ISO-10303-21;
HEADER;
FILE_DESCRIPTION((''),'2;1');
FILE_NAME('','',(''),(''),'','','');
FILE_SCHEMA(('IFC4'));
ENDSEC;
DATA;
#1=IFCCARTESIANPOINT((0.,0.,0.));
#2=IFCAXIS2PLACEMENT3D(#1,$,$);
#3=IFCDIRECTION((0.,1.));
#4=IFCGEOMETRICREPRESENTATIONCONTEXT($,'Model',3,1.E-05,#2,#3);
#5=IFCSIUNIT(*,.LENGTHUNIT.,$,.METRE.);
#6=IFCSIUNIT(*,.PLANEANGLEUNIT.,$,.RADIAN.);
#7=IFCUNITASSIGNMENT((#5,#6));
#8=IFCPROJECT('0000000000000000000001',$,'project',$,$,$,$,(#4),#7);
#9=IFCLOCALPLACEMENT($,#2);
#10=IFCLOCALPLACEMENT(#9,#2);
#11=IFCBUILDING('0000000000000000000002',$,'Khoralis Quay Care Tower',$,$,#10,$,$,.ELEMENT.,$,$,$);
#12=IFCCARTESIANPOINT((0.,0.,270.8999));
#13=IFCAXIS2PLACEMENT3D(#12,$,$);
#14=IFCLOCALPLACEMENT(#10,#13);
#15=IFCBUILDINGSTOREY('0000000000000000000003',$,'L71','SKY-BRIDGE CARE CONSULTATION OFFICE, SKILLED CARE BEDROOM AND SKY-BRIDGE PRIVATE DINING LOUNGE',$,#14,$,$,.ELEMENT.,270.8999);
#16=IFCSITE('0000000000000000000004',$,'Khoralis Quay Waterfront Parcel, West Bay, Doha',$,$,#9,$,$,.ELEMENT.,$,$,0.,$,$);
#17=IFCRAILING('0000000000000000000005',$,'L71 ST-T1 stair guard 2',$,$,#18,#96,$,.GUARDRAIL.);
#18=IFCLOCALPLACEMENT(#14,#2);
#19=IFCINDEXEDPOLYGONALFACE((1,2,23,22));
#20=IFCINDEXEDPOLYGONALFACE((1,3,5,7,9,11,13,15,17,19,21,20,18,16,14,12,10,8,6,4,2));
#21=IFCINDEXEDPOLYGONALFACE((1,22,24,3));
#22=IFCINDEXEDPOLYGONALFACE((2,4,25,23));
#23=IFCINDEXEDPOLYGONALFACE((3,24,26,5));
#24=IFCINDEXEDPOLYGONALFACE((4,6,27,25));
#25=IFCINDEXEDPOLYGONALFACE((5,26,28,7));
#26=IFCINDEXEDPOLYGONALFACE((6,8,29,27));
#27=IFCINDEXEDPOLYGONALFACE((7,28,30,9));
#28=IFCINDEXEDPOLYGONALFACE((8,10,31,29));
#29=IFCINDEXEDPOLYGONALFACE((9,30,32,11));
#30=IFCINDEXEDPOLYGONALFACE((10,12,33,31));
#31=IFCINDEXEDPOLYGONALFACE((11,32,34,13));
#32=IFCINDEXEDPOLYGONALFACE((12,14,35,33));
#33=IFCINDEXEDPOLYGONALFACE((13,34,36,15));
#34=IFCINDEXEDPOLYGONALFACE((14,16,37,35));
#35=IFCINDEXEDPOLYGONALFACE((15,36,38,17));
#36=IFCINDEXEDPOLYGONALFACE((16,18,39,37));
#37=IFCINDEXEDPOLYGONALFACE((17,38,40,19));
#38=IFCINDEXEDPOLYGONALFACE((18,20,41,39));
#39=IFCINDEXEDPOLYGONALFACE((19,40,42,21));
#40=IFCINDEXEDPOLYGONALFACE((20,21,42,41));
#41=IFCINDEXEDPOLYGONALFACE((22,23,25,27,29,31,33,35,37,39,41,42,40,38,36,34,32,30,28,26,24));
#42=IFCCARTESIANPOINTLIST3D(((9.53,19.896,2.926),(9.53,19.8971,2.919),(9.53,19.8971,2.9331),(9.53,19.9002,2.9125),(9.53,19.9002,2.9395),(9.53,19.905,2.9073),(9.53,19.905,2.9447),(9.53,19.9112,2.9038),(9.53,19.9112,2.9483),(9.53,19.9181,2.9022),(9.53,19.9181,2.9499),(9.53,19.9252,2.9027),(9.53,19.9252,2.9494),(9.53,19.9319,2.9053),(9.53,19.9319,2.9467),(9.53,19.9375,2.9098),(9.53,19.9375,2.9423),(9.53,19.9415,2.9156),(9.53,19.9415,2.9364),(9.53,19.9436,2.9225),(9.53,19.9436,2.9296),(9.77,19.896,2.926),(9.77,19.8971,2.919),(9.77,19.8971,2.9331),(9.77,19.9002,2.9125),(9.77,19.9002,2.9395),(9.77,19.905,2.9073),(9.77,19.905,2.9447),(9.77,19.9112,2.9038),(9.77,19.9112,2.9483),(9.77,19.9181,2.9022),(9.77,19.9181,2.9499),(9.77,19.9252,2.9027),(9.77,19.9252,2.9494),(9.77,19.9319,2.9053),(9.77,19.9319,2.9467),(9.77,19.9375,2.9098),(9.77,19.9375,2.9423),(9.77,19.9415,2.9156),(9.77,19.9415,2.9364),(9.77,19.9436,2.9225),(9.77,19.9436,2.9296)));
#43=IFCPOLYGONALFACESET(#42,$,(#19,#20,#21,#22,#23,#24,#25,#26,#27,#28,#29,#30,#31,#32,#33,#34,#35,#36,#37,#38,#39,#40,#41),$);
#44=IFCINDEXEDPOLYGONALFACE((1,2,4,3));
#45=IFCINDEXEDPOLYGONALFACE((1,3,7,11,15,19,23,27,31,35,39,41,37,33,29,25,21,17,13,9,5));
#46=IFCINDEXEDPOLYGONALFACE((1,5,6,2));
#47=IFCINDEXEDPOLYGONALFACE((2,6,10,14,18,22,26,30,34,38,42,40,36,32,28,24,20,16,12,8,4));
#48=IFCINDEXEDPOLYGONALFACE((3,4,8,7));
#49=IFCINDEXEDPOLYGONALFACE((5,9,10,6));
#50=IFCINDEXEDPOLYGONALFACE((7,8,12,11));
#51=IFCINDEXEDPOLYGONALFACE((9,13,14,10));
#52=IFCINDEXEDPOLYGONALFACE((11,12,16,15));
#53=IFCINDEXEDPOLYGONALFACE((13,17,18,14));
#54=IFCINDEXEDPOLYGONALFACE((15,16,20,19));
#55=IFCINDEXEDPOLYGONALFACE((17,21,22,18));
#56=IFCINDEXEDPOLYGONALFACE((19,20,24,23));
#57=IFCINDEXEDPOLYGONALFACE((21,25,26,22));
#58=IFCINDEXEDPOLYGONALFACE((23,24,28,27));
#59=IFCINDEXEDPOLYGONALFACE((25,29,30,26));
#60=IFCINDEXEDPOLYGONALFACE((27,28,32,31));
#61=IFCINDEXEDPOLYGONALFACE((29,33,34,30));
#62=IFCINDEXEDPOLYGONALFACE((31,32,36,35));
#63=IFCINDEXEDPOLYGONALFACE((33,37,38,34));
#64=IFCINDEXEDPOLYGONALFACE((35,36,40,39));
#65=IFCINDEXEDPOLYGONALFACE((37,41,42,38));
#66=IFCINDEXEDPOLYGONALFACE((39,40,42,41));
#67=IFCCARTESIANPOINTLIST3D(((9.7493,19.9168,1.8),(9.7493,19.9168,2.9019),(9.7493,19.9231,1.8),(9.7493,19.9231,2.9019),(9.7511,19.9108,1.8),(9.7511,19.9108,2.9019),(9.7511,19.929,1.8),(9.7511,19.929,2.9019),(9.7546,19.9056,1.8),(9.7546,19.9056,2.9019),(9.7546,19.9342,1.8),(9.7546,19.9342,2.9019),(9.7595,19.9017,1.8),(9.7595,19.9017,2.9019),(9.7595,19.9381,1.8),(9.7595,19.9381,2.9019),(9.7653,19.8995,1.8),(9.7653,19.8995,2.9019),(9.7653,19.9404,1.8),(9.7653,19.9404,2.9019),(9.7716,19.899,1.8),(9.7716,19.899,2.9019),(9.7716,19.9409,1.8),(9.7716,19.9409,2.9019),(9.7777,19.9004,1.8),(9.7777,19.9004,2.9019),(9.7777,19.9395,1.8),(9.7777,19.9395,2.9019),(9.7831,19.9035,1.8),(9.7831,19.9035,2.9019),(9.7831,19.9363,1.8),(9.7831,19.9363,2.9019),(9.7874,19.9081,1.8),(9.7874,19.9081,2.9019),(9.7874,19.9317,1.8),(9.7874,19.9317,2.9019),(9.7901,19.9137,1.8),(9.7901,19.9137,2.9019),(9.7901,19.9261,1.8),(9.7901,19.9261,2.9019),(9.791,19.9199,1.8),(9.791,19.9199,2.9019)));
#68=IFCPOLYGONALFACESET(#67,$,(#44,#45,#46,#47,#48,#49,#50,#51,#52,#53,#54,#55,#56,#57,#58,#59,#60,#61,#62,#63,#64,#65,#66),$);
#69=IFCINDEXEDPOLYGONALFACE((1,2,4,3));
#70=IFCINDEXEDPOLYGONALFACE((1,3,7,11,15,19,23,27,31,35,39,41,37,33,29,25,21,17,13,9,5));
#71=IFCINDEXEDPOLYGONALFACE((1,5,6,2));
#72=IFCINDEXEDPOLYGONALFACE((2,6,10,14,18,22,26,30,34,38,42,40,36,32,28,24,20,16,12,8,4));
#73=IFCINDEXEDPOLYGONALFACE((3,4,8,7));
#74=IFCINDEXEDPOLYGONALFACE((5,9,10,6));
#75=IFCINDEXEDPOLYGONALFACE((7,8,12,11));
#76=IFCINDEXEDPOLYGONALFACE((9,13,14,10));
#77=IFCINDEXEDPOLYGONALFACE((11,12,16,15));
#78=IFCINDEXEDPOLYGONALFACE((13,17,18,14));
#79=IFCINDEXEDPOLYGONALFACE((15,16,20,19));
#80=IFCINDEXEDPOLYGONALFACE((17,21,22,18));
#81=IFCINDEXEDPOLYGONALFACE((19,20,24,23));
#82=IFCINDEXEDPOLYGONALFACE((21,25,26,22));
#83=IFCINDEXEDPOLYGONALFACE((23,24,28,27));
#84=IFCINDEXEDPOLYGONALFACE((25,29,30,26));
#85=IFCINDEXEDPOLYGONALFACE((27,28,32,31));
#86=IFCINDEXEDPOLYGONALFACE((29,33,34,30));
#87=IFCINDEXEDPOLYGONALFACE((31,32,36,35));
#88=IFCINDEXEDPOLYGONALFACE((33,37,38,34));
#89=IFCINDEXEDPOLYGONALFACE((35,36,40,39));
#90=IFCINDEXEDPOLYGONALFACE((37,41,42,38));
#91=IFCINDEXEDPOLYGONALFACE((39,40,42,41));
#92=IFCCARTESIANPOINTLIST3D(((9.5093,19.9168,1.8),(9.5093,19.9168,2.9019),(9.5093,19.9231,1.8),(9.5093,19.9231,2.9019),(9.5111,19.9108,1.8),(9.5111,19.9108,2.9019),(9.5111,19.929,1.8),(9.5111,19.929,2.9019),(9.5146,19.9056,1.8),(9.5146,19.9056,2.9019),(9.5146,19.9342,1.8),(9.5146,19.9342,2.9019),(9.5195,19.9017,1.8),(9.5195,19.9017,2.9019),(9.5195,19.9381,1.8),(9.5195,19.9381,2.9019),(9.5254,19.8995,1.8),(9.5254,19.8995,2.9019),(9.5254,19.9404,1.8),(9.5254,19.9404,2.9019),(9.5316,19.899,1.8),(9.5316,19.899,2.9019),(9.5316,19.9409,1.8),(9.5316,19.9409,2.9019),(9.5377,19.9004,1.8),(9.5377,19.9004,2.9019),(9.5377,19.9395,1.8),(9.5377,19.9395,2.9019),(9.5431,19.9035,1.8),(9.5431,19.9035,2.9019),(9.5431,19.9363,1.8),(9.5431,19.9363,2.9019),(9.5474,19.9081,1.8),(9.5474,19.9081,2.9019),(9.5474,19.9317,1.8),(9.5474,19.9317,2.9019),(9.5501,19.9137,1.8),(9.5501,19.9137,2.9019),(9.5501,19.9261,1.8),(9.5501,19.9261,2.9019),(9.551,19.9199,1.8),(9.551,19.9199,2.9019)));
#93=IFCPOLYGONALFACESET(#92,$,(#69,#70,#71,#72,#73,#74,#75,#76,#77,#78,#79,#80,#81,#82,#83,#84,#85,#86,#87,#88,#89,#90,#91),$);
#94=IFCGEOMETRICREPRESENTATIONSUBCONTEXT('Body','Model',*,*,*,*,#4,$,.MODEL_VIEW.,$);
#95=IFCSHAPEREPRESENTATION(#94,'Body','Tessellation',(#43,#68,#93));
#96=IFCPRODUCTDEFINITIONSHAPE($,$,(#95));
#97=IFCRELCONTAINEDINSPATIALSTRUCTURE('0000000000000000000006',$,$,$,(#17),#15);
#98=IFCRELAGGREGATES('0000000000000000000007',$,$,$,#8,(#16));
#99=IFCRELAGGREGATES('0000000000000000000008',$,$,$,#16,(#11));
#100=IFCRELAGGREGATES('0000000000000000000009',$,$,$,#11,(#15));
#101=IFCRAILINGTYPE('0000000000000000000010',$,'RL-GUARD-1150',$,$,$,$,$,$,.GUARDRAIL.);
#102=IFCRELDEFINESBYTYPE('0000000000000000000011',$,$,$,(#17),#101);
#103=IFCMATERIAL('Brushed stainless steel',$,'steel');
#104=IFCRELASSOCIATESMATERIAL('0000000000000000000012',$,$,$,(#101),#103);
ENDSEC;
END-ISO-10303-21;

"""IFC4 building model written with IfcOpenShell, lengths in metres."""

from ifc_helpers import new_model, si_unit, direction, frame, origin, origin_2d, place, context, subcontext, project, spatial, circle, extrude, material, type_object, element, save


model = new_model("IFC4")

# Units and contexts
model_context = context("Model", 3, precision=1e-05, world=origin(), true_north=direction((0.0, 1.0)))
body_context = subcontext(model_context, "Body", "Model", "MODEL_VIEW")
ifc_project = project(units=[si_unit("LENGTHUNIT", "METRE"), si_unit("PLANEANGLEUNIT", "RADIAN")], contexts=[model_context])

# Site, building, storey
site_placement = place(None, origin())
site = spatial("IfcSite", under=ifc_project, at=site_placement, Name="Khoralis Quay Waterfront Parcel, West Bay, Doha", CompositionType="ELEMENT", RefElevation=0.0)
building_placement = place(site_placement, origin())
building = spatial("IfcBuilding", under=site, at=building_placement, Name="Khoralis Quay Care Tower", CompositionType="ELEMENT")
storey_placement = place(building_placement, frame((0.0, 0.0, 270.8999)))
storey = spatial("IfcBuildingStorey", under=building, at=storey_placement, Name="L71", Description="SKY-BRIDGE CARE CONSULTATION OFFICE, SKILLED CARE BEDROOM AND SKY-BRIDGE PRIVATE DINING LOUNGE", CompositionType="ELEMENT", Elevation=270.8999)

# Shared definitions
ifc_material_1 = material(Name="Brushed stainless steel", Category="steel")

# Railing
railing_type_1 = type_object("IfcRailingType", Name="RL-GUARD-1150", PredefinedType="GUARDRAIL", material=ifc_material_1)
railing_1_placement = place(storey_placement, frame((9.77, 19.9199, 1.8)))
element("IfcRailing", 1, at=railing_1_placement, inside=storey, type_object=railing_type_1, Name="L71 ST-T1 stair guard 2", PredefinedType="GUARDRAIL", context=body_context, shape_type="SweptSolid", body=[
    extrude(circle(Radius=0.0239, at=origin_2d()), frame((0.0, 0.0, 1.126), z_axis=(-1.0, 0.0, 0.0), x_axis=(0.0, -1.0, 0.0)), (0.0, 0.0, 1.0), 0.24),
    extrude(circle(Radius=0.021, at=origin_2d()), origin(), (0.0, 0.0, 1.0), 1.1018),
    extrude(circle(Radius=0.021, at=origin_2d()), frame((-0.24, 0.0, 0.0)), (0.0, 0.0, 1.0), 1.1018),
])

save(model, "model.ifc")
